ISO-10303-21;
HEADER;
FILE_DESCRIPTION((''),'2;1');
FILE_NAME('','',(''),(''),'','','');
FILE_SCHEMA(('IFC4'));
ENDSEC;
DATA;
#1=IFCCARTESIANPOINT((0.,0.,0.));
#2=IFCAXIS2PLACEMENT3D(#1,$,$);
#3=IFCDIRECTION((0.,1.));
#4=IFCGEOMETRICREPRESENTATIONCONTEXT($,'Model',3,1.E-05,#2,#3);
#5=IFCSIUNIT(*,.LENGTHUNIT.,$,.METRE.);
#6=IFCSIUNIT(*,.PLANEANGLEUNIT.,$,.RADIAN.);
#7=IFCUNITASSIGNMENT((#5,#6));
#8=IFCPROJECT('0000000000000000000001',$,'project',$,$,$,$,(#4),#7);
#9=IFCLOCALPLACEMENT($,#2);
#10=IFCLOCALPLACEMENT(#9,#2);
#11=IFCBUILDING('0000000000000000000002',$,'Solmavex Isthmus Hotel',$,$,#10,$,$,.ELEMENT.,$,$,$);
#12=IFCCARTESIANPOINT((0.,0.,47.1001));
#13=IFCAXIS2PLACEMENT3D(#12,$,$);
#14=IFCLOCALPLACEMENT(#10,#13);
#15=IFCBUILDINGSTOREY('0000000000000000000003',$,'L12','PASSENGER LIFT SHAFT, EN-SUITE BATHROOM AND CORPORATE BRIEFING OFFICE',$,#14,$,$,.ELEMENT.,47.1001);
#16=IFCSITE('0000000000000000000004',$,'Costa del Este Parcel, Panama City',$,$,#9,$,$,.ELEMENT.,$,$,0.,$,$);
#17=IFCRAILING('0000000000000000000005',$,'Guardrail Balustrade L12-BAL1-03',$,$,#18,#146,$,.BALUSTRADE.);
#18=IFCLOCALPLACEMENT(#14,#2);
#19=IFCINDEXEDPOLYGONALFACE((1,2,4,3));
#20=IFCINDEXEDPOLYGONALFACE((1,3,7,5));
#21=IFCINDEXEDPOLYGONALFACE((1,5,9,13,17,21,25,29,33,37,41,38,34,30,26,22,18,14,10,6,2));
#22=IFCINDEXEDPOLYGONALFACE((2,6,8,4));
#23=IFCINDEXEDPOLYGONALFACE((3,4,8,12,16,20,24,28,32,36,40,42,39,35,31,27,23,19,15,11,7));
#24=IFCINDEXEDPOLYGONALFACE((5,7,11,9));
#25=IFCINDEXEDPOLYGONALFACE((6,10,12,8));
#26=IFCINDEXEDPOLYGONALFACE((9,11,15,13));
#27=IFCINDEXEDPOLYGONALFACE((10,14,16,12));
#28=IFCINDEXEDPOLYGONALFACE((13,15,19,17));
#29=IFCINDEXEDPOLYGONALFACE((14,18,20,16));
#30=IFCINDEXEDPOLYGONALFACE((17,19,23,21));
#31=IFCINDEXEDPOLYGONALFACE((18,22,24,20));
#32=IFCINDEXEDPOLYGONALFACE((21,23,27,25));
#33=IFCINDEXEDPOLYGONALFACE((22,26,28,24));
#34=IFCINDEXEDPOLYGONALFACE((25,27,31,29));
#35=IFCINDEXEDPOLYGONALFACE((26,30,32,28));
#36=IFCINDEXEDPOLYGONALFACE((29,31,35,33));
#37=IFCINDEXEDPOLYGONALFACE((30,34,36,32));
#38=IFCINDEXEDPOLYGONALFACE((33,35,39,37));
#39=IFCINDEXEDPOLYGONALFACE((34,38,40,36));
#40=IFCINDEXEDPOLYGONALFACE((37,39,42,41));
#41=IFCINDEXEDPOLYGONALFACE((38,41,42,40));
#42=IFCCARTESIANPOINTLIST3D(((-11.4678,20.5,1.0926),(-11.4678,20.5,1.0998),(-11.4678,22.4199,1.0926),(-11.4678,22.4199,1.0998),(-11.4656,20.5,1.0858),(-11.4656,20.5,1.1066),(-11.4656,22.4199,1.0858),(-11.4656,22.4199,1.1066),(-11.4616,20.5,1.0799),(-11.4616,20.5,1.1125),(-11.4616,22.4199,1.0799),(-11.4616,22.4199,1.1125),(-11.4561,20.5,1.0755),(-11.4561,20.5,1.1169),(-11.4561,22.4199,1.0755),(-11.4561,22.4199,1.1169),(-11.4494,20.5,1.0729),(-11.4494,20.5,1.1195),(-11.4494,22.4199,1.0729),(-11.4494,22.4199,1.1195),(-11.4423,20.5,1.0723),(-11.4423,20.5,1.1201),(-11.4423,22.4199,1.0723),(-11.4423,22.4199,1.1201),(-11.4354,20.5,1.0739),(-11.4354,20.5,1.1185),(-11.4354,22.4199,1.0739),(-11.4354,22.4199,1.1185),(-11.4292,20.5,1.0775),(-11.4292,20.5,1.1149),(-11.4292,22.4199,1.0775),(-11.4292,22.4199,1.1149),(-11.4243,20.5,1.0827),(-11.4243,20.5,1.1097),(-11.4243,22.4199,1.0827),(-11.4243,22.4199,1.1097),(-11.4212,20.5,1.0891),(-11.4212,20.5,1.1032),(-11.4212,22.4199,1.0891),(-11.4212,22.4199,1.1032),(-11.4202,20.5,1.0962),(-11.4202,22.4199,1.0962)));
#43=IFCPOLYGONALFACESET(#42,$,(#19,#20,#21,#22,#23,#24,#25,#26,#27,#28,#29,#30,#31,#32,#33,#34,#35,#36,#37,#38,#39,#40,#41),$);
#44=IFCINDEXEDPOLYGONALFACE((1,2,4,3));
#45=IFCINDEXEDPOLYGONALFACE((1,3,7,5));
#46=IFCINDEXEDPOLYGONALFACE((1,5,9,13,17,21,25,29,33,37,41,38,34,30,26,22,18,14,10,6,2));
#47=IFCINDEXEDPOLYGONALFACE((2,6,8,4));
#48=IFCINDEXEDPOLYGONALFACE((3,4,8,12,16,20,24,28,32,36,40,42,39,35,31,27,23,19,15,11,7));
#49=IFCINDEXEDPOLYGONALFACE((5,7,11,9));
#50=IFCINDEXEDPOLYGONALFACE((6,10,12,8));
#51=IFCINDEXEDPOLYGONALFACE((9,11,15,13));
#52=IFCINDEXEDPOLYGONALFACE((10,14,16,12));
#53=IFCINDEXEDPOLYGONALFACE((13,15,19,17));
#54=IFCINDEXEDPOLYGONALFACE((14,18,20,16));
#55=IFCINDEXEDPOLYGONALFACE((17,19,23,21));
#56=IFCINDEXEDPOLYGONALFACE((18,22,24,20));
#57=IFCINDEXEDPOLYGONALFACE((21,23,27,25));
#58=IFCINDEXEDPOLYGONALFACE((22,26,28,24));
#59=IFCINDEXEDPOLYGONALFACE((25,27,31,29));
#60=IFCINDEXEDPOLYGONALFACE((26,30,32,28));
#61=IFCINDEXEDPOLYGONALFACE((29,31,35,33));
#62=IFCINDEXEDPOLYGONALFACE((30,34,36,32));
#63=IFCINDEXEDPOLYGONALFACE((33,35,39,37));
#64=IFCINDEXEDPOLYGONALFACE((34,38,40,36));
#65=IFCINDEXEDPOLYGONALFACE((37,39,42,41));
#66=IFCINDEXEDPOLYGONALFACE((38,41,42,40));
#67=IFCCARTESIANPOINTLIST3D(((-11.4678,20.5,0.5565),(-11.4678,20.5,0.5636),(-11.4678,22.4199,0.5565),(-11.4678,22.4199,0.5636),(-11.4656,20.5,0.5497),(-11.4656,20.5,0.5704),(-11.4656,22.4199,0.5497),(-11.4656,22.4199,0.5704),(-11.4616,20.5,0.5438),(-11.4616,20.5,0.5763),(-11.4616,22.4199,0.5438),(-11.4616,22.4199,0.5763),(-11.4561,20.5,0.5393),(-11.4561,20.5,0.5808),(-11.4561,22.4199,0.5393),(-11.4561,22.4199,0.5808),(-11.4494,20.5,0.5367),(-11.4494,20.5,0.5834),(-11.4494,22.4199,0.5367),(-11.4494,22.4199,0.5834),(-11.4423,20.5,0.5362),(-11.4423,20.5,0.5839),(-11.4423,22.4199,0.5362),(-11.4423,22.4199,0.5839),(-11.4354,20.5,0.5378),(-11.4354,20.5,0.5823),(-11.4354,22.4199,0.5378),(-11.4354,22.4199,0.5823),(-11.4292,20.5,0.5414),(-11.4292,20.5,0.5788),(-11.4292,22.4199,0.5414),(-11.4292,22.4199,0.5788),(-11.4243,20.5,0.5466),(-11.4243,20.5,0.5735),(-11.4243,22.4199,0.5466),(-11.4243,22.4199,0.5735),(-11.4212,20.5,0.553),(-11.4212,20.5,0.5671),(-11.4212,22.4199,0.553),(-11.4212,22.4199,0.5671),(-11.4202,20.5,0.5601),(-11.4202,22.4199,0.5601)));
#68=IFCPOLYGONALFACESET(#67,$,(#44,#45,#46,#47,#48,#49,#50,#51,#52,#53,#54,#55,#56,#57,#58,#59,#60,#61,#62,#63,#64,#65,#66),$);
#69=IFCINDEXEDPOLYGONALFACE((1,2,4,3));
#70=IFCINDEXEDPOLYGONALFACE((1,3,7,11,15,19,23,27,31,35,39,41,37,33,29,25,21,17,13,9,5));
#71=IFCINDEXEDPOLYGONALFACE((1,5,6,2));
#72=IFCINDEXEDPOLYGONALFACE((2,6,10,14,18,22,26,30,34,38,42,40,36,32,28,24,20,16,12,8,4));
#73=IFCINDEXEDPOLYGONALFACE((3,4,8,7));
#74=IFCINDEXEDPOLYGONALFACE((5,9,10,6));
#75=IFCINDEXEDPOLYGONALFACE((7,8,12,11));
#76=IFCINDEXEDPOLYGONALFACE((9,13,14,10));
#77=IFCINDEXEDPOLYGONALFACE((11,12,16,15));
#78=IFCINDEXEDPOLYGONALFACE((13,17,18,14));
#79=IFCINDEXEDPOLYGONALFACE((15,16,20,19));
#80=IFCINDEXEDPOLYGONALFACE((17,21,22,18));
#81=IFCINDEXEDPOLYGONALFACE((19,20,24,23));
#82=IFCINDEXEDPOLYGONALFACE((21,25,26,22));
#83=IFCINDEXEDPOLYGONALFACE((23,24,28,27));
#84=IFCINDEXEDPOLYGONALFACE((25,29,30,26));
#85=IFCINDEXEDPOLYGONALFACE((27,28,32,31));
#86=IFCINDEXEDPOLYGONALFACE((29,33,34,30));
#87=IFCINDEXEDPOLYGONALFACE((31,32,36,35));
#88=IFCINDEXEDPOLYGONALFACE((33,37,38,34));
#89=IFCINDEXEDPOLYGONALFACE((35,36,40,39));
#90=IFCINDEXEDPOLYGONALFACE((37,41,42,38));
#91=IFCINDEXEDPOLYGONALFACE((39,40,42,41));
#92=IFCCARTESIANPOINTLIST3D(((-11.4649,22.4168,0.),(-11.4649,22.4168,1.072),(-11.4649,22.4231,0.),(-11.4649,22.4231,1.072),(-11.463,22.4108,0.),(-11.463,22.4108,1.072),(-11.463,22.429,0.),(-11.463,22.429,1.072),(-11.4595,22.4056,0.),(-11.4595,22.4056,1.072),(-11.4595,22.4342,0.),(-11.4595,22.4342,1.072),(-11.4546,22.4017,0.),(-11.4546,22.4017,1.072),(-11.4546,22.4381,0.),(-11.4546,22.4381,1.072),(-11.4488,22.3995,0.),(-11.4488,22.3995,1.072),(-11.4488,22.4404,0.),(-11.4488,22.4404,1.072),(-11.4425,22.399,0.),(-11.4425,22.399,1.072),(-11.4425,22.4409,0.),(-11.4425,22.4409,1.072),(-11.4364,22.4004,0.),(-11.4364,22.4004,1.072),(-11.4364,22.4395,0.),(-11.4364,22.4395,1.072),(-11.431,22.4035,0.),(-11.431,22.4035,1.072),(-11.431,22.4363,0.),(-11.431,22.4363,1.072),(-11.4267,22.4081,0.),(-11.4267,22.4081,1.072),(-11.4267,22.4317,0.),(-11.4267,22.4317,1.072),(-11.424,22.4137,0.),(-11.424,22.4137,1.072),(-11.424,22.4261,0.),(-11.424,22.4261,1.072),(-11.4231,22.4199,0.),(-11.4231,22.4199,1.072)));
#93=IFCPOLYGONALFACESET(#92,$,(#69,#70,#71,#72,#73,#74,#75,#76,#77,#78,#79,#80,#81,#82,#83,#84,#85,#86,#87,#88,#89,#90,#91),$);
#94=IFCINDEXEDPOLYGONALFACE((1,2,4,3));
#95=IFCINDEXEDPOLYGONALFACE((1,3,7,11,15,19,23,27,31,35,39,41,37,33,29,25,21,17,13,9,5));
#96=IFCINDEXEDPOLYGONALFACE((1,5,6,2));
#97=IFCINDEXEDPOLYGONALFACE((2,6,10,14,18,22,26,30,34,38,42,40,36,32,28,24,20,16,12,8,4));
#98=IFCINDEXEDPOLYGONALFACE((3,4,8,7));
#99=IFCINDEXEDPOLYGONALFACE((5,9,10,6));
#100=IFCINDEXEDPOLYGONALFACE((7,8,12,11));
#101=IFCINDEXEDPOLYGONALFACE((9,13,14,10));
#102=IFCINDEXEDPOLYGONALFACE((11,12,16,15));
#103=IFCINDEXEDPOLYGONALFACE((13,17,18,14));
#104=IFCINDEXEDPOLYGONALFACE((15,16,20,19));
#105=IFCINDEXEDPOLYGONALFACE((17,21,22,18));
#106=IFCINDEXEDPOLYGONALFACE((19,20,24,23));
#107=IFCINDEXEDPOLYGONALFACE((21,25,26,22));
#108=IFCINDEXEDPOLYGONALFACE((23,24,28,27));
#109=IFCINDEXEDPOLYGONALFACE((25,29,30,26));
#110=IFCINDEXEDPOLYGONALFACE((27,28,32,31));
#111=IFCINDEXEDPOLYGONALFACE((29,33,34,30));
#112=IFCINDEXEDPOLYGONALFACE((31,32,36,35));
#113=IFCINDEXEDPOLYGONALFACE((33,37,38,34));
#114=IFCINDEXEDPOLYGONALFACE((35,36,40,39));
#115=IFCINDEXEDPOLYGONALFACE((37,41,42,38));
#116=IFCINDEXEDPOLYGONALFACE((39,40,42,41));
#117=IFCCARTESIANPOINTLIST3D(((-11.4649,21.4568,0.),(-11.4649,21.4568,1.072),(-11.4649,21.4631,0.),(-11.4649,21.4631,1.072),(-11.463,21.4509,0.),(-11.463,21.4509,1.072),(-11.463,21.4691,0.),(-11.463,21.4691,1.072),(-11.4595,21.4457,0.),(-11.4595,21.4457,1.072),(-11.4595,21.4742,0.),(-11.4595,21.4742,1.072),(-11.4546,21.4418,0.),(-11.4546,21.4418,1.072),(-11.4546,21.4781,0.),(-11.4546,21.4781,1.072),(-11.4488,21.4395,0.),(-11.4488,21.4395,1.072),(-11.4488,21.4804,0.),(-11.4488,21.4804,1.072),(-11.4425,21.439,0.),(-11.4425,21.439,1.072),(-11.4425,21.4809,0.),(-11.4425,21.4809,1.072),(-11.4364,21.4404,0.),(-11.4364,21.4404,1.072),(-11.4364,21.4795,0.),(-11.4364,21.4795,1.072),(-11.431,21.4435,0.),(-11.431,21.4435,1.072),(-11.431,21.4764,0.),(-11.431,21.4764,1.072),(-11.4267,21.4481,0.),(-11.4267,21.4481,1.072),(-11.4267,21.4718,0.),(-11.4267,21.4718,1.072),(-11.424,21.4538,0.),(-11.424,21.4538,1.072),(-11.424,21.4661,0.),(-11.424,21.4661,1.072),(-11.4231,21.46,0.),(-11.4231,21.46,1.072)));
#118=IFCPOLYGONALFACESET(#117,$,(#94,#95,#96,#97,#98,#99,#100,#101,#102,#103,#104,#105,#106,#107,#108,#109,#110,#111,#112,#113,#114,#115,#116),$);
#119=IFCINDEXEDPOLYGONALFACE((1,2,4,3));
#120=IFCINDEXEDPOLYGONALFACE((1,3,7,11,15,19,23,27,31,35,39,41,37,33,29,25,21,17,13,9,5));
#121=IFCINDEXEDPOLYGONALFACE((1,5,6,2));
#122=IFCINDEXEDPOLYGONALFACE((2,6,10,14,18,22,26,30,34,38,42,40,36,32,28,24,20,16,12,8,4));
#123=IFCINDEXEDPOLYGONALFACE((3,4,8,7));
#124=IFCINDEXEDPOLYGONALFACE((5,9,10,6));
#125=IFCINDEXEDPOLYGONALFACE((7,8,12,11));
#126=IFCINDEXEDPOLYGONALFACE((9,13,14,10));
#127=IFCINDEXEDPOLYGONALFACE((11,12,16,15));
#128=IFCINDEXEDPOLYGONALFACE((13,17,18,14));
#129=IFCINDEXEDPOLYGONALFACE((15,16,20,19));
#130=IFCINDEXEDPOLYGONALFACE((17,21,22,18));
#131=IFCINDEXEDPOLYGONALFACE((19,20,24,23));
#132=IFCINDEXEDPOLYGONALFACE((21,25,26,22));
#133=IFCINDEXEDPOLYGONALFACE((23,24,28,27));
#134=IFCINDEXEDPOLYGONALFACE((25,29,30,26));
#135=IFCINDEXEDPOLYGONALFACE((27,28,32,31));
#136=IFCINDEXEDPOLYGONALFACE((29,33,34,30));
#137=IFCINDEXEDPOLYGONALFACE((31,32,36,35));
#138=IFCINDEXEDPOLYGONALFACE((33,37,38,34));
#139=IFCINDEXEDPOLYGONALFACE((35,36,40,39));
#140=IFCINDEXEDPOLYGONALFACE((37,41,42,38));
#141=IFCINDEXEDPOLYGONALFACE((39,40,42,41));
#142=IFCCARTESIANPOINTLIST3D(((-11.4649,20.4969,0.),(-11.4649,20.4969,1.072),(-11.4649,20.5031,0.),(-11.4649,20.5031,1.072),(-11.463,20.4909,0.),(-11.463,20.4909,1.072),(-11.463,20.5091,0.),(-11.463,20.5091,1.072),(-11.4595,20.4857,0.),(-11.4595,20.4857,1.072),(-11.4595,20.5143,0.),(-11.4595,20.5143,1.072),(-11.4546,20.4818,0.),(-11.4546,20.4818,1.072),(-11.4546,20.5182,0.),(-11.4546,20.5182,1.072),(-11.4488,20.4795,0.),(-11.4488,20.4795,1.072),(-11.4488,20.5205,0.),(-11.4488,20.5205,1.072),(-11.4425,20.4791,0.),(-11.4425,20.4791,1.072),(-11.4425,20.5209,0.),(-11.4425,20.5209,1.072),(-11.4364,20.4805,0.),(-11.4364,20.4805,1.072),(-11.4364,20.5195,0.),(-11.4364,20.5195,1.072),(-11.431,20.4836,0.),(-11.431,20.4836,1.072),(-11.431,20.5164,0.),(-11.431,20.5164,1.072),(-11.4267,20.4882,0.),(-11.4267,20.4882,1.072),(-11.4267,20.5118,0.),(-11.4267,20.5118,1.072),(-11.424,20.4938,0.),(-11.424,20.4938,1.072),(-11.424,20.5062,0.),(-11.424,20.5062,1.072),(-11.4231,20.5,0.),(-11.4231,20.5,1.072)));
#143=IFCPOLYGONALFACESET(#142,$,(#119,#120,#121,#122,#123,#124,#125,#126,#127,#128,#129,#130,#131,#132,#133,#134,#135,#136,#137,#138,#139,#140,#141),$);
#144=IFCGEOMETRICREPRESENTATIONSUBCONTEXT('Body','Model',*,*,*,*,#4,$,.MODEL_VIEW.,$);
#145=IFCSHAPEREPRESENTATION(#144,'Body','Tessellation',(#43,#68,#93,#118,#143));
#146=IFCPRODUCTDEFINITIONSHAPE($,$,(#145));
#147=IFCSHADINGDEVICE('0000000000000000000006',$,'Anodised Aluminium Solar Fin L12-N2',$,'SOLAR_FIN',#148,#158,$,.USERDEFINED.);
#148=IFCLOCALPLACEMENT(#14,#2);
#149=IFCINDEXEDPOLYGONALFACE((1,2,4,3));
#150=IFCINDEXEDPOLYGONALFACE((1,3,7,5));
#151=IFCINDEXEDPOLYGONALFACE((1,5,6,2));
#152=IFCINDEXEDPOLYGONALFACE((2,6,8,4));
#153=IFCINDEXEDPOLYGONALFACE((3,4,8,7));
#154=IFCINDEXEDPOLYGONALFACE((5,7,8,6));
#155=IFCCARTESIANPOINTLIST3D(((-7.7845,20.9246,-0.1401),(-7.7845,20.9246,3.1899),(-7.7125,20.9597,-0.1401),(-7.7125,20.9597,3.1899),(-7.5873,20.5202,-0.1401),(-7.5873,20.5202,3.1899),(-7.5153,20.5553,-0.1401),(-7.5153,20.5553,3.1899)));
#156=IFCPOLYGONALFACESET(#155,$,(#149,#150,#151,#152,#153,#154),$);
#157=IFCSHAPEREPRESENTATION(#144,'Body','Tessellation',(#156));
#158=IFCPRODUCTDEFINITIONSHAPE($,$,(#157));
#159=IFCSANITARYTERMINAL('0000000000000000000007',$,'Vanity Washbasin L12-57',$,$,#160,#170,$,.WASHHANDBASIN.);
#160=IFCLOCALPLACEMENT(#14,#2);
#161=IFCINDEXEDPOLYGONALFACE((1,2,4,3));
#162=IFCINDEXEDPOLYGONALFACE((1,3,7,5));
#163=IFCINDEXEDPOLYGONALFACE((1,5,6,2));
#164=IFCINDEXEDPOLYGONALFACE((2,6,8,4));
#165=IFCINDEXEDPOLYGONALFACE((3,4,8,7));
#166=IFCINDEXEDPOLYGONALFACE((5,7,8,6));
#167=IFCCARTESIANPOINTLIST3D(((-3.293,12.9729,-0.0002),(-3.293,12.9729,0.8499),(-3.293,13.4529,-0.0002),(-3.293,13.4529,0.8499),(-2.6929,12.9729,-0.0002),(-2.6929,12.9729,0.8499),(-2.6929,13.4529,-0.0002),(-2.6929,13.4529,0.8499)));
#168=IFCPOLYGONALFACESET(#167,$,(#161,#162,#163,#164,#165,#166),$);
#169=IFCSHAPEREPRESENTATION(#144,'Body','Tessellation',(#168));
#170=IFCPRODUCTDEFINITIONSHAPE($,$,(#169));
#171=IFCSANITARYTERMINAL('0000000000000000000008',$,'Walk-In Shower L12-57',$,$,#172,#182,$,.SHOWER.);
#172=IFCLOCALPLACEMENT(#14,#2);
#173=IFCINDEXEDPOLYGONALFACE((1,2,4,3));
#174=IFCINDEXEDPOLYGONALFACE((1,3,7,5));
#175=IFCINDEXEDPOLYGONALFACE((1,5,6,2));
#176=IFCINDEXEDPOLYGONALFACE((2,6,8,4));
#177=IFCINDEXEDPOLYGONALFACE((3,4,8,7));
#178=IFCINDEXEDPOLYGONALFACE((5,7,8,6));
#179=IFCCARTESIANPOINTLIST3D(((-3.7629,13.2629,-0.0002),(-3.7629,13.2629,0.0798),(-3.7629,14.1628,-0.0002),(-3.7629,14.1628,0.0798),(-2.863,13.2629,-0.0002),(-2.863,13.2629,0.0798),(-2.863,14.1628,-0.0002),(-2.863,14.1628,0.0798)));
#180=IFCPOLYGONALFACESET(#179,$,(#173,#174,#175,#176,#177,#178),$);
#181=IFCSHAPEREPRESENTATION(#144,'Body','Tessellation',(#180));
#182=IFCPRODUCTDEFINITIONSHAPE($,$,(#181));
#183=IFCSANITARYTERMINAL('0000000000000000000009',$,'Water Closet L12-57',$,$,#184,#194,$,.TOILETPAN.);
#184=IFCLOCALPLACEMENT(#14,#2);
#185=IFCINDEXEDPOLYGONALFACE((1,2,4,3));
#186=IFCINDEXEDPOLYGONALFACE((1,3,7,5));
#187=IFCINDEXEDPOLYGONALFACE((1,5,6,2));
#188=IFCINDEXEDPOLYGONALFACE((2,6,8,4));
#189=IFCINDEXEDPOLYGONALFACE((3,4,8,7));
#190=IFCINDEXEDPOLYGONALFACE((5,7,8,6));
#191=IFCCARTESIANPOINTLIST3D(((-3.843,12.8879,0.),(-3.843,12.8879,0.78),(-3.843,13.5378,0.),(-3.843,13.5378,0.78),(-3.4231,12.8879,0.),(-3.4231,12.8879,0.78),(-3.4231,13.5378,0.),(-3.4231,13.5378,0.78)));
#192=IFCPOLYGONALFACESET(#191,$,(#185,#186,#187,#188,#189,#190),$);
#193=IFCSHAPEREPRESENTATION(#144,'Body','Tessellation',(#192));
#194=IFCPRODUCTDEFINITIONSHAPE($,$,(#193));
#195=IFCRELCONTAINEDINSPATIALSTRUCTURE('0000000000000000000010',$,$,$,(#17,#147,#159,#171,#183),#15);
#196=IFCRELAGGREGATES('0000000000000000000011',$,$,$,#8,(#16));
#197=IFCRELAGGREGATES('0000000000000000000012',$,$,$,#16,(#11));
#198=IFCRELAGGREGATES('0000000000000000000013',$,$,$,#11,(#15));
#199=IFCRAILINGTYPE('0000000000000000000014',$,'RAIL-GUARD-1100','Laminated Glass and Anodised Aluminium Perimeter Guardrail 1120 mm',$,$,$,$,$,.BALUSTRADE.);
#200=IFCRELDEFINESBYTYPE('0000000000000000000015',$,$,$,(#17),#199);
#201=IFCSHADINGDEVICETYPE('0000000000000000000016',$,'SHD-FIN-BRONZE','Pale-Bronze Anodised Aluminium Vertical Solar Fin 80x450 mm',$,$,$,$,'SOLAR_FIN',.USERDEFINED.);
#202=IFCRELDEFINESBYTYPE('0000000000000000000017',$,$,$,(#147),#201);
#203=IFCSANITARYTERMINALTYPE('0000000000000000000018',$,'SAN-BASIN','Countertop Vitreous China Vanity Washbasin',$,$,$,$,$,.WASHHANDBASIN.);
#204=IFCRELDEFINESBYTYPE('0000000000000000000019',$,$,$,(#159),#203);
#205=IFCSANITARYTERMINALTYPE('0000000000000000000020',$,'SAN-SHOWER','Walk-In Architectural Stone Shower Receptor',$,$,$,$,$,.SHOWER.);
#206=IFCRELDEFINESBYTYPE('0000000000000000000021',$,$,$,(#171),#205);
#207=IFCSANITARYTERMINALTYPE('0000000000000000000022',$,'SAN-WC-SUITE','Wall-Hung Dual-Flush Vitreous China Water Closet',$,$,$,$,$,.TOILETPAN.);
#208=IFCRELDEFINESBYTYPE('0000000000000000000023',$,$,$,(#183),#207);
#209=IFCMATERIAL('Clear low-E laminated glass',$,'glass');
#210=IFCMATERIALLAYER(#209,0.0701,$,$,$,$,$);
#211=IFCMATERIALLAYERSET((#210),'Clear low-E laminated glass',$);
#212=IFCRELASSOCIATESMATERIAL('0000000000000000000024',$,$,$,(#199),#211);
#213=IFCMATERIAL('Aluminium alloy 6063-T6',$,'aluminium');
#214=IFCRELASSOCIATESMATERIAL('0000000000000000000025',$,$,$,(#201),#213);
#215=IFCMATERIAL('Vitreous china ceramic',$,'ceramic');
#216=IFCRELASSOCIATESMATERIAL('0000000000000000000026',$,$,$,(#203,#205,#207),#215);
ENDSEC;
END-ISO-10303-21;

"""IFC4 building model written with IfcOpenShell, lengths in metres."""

from ifc_helpers import new_model, si_unit, direction, frame, origin, origin_2d, place, context, subcontext, project, spatial, rectangle, circle, extrude, material, layer, layer_set, type_object, element, save


model = new_model("IFC4")

# Units and contexts
model_context = context("Model", 3, precision=1e-05, world=origin(), true_north=direction((0.0, 1.0)))
body_context = subcontext(model_context, "Body", "Model", "MODEL_VIEW")
ifc_project = project(units=[si_unit("LENGTHUNIT", "METRE"), si_unit("PLANEANGLEUNIT", "RADIAN")], contexts=[model_context])

# Site, building, storey
site_placement = place(None, origin())
site = spatial("IfcSite", under=ifc_project, at=site_placement, Name="Costa del Este Parcel, Panama City", CompositionType="ELEMENT", RefElevation=0.0)
building_placement = place(site_placement, origin())
building = spatial("IfcBuilding", under=site, at=building_placement, Name="Solmavex Isthmus Hotel", CompositionType="ELEMENT")
storey_placement = place(building_placement, frame((0.0, 0.0, 47.1001)))
storey = spatial("IfcBuildingStorey", under=building, at=storey_placement, Name="L12", Description="PASSENGER LIFT SHAFT, EN-SUITE BATHROOM AND CORPORATE BRIEFING OFFICE", CompositionType="ELEMENT", Elevation=47.1001)

# Shared definitions
ifc_material_1 = material(Name="Aluminium alloy 6063-T6", Category="aluminium")
ifc_material_2 = material(Name="Clear low-E laminated glass", Category="glass")

# Railing
ifc_layer_1 = layer(ifc_material_2, 0.0701)
ifc_layer_set_1 = layer_set([ifc_layer_1], Name="Clear low-E laminated glass")
railing_type = type_object("IfcRailingType", Name="RAIL-GUARD-1100", Description="Laminated Glass and Anodised Aluminium Perimeter Guardrail 1120 mm", PredefinedType="BALUSTRADE", material=ifc_layer_set_1)
railing_placement = place(storey_placement, frame((-11.4441, 22.4199, 0.0)))
element("IfcRailing", 1, at=railing_placement, inside=storey, type_object=railing_type, Name="Guardrail Balustrade L12-BAL1-03", PredefinedType="BALUSTRADE", context=body_context, shape_type="SweptSolid", body=[
    extrude(circle(Radius=0.0239, at=origin_2d()), frame((0.0, 0.0, 1.0962), z_axis=(0.0, -1.0, 0.0), x_axis=(1.0, 0.0, 0.0)), (0.0, 0.0, 1.0), 1.9199),
    extrude(circle(Radius=0.0239, at=origin_2d()), frame((0.0, 0.0, 0.5601), z_axis=(0.0, -1.0, 0.0), x_axis=(1.0, 0.0, 0.0)), (0.0, 0.0, 1.0), 1.9199),
    extrude(circle(Radius=0.021, at=origin_2d()), origin(), (0.0, 0.0, 1.0), 1.072),
    extrude(circle(Radius=0.021, at=origin_2d()), frame((0.0, -0.96, 0.0)), (0.0, 0.0, 1.0), 1.072),
    extrude(circle(Radius=0.021, at=origin_2d()), frame((0.0, -1.9199, 0.0)), (0.0, 0.0, 1.0), 1.072),
])

# Shading device
shading_device_type = type_object("IfcShadingDeviceType", Name="SHD-FIN-BRONZE", Description="Pale-Bronze Anodised Aluminium Vertical Solar Fin 80x450 mm", ElementType="SOLAR_FIN", PredefinedType="USERDEFINED", material=ifc_material_1)
shading_device_placement = place(storey_placement, frame((-7.6499, 20.74, -0.1401), z_axis=(0.0, 0.0, 1.0), x_axis=(-0.438371, 0.898794, 0.0)))
element("IfcShadingDevice", 2, at=shading_device_placement, inside=storey, type_object=shading_device_type, Name="Anodised Aluminium Solar Fin L12-N2", ObjectType="SOLAR_FIN", PredefinedType="USERDEFINED", context=body_context, shape_type="SweptSolid", body=[
    extrude(rectangle(XDim=0.45, YDim=0.0801, at=origin_2d()), origin(), (0.0, 0.0, 1.0), 3.3301),
])

# Sanitary terminals
ifc_material_3 = material(Name="Vitreous china ceramic", Category="ceramic")
sanitary_terminal_type_1 = type_object("IfcSanitaryTerminalType", Name="SAN-BASIN", Description="Countertop Vitreous China Vanity Washbasin", PredefinedType="WASHHANDBASIN", material=ifc_material_3)
sanitary_terminal_1_placement = place(storey_placement, frame((-2.9929, 13.2129, -0.0002), z_axis=(0.0, 0.0, 1.0), x_axis=(1.0, 0.0, 0.0)))
element("IfcSanitaryTerminal", 3, at=sanitary_terminal_1_placement, inside=storey, type_object=sanitary_terminal_type_1, Name="Vanity Washbasin L12-57", PredefinedType="WASHHANDBASIN", context=body_context, shape_type="SweptSolid", body=[
    extrude(rectangle(XDim=0.6001, YDim=0.48, at=origin_2d()), origin(), (0.0, 0.0, 1.0), 0.8501),
])
sanitary_terminal_type_2 = type_object("IfcSanitaryTerminalType", Name="SAN-SHOWER", Description="Walk-In Architectural Stone Shower Receptor", PredefinedType="SHOWER", material=ifc_material_3)
sanitary_terminal_2_placement = place(storey_placement, frame((-3.313, 13.7129, -0.0002), z_axis=(0.0, 0.0, 1.0), x_axis=(1.0, 0.0, 0.0)))
element("IfcSanitaryTerminal", 4, at=sanitary_terminal_2_placement, inside=storey, type_object=sanitary_terminal_type_2, Name="Walk-In Shower L12-57", PredefinedType="SHOWER", context=body_context, shape_type="SweptSolid", body=[
    extrude(rectangle(XDim=0.8999, YDim=0.8999, at=origin_2d()), origin(), (0.0, 0.0, 1.0), 0.0801),
])
sanitary_terminal_type_3 = type_object("IfcSanitaryTerminalType", Name="SAN-WC-SUITE", Description="Wall-Hung Dual-Flush Vitreous China Water Closet", PredefinedType="TOILETPAN", material=ifc_material_3)
sanitary_terminal_3_placement = place(storey_placement, frame((-3.6331, 13.2129, 0.0), z_axis=(0.0, 0.0, 1.0), x_axis=(1.0, 0.0, 0.0)))
element("IfcSanitaryTerminal", 5, at=sanitary_terminal_3_placement, inside=storey, type_object=sanitary_terminal_type_3, Name="Water Closet L12-57", PredefinedType="TOILETPAN", context=body_context, shape_type="SweptSolid", body=[
    extrude(rectangle(XDim=0.4199, YDim=0.6499, at=origin_2d()), origin(), (0.0, 0.0, 1.0), 0.78),
])

save(model, "model.ifc")
